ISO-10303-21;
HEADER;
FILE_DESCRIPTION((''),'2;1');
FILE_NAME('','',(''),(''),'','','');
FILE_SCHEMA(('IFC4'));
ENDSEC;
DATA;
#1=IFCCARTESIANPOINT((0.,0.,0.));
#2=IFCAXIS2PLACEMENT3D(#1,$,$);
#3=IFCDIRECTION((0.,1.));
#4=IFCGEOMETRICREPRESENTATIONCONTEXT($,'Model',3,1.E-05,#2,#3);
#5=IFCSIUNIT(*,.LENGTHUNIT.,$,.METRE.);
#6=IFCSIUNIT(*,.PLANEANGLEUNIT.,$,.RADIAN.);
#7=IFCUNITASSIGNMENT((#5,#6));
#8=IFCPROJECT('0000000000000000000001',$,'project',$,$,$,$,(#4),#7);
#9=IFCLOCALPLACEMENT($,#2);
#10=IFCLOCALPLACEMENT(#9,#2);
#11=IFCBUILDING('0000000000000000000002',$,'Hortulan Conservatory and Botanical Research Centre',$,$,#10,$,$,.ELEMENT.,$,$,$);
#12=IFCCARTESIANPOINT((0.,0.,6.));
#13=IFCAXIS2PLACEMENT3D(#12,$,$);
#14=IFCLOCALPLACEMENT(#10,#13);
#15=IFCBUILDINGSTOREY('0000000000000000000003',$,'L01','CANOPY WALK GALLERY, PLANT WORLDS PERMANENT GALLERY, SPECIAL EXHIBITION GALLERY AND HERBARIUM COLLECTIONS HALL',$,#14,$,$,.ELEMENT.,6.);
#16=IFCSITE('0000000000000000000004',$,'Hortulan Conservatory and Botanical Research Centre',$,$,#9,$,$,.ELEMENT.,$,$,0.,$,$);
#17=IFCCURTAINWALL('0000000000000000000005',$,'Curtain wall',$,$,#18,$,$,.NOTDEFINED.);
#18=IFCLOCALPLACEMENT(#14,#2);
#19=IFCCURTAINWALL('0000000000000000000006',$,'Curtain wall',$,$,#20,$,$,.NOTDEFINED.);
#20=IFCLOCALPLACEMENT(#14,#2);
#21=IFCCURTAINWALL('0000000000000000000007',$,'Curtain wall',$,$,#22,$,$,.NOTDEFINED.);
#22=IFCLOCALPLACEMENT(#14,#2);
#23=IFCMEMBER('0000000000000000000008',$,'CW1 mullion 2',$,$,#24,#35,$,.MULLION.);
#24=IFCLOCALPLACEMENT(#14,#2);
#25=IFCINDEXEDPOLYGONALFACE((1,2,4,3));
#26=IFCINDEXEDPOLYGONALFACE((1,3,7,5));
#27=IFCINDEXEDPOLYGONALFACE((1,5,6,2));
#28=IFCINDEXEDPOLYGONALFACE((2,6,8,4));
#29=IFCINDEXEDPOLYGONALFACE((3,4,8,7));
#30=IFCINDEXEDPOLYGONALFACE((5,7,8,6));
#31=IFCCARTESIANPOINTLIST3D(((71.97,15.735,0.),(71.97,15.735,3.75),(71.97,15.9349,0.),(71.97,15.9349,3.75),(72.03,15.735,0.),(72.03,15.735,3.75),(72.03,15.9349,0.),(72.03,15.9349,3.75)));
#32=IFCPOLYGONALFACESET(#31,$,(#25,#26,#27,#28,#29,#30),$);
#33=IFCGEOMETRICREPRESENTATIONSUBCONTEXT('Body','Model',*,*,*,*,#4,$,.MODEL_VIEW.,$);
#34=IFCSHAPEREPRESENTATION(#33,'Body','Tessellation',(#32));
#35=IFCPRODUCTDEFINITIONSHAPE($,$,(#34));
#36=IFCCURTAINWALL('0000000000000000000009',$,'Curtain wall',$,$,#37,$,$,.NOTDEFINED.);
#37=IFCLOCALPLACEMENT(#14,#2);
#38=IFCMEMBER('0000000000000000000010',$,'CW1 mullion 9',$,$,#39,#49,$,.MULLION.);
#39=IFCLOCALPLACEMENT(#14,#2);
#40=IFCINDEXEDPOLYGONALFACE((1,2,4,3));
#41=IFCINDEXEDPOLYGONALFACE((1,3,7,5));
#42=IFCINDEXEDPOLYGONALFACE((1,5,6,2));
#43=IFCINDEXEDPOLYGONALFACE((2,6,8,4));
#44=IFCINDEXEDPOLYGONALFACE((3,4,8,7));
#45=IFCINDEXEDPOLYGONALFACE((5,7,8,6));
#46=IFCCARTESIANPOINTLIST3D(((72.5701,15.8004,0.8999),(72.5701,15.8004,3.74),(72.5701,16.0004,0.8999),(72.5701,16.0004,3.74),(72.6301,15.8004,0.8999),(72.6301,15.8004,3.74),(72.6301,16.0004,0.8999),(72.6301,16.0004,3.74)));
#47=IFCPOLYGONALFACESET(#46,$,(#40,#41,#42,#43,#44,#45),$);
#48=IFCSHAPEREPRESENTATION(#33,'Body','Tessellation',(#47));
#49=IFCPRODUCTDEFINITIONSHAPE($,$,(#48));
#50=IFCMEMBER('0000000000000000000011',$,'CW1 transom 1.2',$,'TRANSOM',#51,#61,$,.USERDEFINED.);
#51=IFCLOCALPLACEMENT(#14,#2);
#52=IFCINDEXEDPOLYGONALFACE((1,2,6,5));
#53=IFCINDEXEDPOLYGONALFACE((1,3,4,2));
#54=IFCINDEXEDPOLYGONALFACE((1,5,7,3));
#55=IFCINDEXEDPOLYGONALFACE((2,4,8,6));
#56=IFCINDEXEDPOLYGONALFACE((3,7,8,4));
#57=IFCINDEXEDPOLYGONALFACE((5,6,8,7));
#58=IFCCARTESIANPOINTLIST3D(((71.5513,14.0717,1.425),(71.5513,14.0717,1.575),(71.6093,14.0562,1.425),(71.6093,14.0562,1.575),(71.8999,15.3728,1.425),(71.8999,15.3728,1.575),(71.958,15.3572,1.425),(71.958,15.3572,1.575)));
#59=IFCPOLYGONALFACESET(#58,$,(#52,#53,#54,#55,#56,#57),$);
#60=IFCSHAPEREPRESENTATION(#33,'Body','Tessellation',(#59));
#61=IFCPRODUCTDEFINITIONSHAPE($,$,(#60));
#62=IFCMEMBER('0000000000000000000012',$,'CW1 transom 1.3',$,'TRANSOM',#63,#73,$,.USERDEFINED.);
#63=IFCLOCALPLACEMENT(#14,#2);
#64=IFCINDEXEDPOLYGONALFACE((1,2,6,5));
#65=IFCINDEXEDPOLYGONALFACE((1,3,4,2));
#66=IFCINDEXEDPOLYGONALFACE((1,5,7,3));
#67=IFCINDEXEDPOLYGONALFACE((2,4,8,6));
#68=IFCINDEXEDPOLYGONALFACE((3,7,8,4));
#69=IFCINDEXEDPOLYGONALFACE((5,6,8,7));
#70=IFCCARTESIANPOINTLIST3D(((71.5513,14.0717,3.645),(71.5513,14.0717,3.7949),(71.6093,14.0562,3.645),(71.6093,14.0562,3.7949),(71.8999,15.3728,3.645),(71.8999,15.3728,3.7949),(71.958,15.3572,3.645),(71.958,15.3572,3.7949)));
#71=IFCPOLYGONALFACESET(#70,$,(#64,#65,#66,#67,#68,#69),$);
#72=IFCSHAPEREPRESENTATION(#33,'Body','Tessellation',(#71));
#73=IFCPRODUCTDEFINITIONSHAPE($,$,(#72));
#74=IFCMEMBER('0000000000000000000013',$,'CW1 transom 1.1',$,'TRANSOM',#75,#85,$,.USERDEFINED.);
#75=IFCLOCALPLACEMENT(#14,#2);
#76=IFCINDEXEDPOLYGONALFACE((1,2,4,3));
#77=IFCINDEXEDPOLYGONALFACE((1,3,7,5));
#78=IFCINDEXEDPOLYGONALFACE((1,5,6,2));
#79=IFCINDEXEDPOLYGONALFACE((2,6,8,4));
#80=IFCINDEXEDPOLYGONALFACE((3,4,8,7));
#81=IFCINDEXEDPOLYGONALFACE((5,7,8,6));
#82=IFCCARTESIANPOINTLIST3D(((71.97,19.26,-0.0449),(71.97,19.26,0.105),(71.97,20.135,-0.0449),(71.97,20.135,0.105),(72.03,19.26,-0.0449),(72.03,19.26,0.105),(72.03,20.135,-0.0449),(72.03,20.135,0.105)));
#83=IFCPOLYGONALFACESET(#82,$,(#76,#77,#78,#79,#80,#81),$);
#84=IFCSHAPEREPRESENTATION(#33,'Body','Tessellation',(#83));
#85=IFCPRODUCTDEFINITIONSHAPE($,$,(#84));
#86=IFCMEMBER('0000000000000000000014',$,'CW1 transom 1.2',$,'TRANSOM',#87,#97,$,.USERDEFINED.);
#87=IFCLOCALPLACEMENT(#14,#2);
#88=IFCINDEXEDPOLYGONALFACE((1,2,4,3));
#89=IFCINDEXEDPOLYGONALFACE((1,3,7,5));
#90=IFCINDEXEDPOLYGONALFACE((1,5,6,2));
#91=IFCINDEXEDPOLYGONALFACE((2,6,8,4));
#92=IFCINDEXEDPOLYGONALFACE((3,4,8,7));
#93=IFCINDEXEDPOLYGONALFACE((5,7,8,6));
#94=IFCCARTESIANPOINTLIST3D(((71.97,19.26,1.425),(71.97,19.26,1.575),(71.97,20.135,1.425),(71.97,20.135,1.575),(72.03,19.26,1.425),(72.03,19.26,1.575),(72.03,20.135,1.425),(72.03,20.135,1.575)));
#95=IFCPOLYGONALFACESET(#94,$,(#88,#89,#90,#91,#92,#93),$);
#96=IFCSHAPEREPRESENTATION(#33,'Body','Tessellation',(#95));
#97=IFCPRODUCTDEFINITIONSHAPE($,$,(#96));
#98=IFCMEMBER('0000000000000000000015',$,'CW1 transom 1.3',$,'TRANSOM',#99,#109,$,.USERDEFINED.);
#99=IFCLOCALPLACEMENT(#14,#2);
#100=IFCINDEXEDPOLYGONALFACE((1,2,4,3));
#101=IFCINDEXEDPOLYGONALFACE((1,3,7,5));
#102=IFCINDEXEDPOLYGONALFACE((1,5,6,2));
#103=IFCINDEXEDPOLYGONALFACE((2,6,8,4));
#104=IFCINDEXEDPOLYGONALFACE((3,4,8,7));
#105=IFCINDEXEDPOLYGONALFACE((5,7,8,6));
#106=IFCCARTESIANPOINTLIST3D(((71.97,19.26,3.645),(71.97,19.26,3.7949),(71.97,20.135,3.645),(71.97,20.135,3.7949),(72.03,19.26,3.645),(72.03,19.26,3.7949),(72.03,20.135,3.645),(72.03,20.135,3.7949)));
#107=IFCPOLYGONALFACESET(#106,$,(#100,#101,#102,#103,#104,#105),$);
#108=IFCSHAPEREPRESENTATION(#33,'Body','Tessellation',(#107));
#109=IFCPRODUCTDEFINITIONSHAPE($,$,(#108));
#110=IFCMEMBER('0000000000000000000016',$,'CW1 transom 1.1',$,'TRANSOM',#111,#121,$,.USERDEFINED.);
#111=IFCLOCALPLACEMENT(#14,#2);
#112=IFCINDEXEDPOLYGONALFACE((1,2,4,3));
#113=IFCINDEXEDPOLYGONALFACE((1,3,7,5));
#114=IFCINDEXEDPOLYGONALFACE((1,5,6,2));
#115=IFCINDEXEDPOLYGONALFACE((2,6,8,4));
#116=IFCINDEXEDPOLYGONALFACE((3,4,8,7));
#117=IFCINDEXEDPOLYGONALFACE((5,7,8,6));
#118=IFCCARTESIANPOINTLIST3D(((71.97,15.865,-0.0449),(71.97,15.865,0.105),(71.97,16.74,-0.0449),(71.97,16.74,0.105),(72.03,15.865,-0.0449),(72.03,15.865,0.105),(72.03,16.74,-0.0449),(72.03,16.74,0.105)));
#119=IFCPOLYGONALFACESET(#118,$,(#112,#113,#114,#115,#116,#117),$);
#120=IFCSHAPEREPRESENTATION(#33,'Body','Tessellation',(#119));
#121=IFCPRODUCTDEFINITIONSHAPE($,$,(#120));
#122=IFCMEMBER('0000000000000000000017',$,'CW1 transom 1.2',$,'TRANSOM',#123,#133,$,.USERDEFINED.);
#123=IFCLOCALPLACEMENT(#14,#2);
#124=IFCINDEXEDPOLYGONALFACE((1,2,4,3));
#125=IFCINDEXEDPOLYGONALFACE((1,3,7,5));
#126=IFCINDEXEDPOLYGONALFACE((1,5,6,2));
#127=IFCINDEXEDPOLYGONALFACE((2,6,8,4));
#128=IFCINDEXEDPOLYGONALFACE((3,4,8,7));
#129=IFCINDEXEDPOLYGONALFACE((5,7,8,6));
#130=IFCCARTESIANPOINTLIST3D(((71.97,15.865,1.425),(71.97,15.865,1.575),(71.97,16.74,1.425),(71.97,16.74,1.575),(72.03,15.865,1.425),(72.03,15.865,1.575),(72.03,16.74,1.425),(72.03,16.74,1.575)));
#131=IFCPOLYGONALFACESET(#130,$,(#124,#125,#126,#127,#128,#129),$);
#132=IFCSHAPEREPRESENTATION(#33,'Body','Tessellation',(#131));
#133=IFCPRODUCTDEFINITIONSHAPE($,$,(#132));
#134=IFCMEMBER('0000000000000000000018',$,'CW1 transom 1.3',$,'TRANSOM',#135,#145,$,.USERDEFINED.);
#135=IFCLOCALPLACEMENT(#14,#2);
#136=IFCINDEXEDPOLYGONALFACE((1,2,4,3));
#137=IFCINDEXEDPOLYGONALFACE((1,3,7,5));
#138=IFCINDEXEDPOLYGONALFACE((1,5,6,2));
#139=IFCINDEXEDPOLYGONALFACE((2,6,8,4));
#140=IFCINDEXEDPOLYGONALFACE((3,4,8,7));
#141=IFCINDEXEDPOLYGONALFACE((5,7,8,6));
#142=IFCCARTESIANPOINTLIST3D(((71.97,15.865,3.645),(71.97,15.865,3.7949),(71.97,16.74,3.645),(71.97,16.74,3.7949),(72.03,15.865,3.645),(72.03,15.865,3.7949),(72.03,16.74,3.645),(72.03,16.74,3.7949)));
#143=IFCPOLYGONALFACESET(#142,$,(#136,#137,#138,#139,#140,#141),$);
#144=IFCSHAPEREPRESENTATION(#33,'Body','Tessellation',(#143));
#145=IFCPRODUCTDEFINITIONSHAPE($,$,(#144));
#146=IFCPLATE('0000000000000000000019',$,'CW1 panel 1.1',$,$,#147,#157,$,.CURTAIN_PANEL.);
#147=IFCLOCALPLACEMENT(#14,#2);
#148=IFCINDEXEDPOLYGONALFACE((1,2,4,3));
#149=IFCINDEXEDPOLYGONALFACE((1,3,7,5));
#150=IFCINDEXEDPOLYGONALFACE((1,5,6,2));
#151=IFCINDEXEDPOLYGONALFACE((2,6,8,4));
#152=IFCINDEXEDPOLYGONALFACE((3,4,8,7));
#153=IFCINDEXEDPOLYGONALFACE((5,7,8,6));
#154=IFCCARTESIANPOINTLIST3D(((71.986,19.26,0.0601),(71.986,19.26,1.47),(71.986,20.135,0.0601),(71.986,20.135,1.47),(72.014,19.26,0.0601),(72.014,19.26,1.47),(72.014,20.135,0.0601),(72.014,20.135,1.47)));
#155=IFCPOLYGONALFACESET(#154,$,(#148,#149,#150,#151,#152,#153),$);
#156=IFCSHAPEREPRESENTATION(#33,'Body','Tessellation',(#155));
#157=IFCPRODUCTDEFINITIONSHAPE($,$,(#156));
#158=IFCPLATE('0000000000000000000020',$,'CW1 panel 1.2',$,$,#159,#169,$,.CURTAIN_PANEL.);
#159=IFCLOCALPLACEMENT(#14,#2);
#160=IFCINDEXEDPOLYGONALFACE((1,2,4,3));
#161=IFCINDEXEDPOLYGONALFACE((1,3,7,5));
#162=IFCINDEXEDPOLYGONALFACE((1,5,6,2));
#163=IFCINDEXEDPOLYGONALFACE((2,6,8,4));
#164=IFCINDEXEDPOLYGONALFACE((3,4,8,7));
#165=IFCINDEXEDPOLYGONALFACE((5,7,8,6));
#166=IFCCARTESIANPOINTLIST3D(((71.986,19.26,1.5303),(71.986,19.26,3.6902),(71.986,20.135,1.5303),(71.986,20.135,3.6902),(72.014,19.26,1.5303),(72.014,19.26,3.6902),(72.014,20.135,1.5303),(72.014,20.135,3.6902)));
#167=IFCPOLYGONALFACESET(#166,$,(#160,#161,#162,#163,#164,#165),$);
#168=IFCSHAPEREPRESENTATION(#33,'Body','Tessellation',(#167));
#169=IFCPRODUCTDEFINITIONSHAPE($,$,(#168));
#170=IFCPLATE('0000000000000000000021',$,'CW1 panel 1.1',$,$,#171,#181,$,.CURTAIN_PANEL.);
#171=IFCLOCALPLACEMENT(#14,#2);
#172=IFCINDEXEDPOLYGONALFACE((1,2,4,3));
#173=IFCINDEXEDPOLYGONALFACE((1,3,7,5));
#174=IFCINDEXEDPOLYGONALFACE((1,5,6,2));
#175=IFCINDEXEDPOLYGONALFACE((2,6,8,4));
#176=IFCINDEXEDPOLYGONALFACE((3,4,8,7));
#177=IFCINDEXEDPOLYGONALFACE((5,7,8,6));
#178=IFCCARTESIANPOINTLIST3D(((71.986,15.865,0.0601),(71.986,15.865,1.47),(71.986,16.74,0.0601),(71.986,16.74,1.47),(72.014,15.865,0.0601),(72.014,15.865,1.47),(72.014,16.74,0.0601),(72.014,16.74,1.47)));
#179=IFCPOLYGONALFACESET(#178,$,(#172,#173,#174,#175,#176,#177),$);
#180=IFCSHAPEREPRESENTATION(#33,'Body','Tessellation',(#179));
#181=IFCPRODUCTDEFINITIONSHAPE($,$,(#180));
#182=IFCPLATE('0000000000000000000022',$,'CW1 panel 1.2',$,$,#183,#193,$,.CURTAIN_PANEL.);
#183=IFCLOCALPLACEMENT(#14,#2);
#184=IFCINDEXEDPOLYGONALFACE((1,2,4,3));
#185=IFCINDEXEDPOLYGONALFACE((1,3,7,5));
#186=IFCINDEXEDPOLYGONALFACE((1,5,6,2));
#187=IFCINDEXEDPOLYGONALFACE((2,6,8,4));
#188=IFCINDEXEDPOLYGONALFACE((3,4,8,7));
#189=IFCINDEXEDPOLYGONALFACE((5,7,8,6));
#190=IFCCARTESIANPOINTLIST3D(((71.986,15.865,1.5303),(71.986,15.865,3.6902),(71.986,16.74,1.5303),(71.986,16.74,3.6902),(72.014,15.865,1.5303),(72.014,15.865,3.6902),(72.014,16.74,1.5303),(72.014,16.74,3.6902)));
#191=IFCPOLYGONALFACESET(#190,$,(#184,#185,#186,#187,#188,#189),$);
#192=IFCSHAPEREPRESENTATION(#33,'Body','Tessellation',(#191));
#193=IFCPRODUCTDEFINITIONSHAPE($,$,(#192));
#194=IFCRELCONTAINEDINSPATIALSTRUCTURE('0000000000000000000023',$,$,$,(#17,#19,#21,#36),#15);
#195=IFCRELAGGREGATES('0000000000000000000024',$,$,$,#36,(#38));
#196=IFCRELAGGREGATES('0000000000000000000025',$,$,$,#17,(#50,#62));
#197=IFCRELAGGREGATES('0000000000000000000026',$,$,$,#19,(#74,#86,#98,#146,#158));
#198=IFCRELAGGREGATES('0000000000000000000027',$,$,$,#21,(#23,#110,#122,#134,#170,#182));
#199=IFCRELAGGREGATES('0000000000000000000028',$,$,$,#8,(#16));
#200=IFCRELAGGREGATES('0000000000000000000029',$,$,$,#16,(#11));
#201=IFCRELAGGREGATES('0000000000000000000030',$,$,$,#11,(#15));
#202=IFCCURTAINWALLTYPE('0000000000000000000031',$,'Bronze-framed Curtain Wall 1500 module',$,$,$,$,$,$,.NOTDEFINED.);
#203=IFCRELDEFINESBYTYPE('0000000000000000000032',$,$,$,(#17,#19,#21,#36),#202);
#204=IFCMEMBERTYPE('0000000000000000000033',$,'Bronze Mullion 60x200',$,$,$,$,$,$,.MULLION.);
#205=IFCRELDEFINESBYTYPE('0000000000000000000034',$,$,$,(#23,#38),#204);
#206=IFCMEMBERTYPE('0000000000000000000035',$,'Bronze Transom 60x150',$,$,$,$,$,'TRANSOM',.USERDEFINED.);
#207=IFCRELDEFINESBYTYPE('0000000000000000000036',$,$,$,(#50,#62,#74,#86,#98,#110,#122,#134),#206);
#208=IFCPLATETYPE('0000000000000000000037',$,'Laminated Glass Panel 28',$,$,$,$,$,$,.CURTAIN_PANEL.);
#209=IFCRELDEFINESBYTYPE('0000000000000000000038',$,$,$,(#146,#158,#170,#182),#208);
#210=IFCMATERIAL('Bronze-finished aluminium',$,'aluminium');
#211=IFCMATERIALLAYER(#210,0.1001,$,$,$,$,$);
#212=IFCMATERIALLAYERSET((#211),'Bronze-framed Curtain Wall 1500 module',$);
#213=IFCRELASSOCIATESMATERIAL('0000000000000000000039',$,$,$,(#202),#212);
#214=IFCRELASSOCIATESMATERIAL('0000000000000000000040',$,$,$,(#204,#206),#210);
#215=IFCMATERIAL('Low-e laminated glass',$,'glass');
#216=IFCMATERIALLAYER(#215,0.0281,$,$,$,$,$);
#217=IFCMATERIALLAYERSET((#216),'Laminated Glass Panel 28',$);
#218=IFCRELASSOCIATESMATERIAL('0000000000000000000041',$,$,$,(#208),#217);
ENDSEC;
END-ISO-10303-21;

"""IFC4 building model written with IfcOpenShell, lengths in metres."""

from ifc_helpers import new_model, si_unit, direction, frame, origin, origin_2d, place, context, subcontext, project, spatial, rectangle, extrude, material, layer, layer_set, material_profile, profile_set, type_object, element, aggregate, save


model = new_model("IFC4")

# Units and contexts
model_context = context("Model", 3, precision=1e-05, world=origin(), true_north=direction((0.0, 1.0)))
body_context = subcontext(model_context, "Body", "Model", "MODEL_VIEW")
ifc_project = project(units=[si_unit("LENGTHUNIT", "METRE"), si_unit("PLANEANGLEUNIT", "RADIAN")], contexts=[model_context])

# Site, building, storey
site_placement = place(None, origin())
site = spatial("IfcSite", under=ifc_project, at=site_placement, Name="Hortulan Conservatory and Botanical Research Centre", CompositionType="ELEMENT", RefElevation=0.0)
building_placement = place(site_placement, origin())
building = spatial("IfcBuilding", under=site, at=building_placement, Name="Hortulan Conservatory and Botanical Research Centre", CompositionType="ELEMENT")
storey_placement = place(building_placement, frame((0.0, 0.0, 6.0)))
storey = spatial("IfcBuildingStorey", under=building, at=storey_placement, Name="L01", Description="CANOPY WALK GALLERY, PLANT WORLDS PERMANENT GALLERY, SPECIAL EXHIBITION GALLERY AND HERBARIUM COLLECTIONS HALL", CompositionType="ELEMENT", Elevation=6.0)

# Curtain wall
ifc_material_1 = material(Name="Bronze-finished aluminium", Category="aluminium")
ifc_layer_1 = layer(ifc_material_1, 0.1001)
ifc_layer_set_1 = layer_set([ifc_layer_1], Name="Bronze-framed Curtain Wall 1500 module")
curtain_wall_type = type_object("IfcCurtainWallType", Name="Bronze-framed Curtain Wall 1500 module", PredefinedType="NOTDEFINED", material=ifc_layer_set_1)
curtain_wall_1_placement = place(storey_placement, origin())
curtain_wall_1 = element("IfcCurtainWall", 1, at=curtain_wall_1_placement, inside=storey, type_object=curtain_wall_type, Name="Curtain wall", PredefinedType="NOTDEFINED")
ifc_material_profile_1 = material_profile(ifc_material_1, rectangle(XDim=0.0601, YDim=0.2, at=origin_2d()), Name="Bronze Mullion 60x200")
ifc_profile_set_1 = profile_set([ifc_material_profile_1], Name="Bronze-finished aluminium")
member_type_1 = type_object("IfcMemberType", Name="Bronze Mullion 60x200", PredefinedType="MULLION", material=ifc_profile_set_1)

# Curtain walls, member
curtain_wall_2_placement = place(storey_placement, origin())
curtain_wall_2 = element("IfcCurtainWall", 2, at=curtain_wall_2_placement, inside=storey, type_object=curtain_wall_type, Name="Curtain wall", PredefinedType="NOTDEFINED")
curtain_wall_3_placement = place(storey_placement, origin())
curtain_wall_3 = element("IfcCurtainWall", 3, at=curtain_wall_3_placement, inside=storey, type_object=curtain_wall_type, Name="Curtain wall", PredefinedType="NOTDEFINED")
member_1_placement = place(storey_placement, frame((72.0, 15.835, 0.0), z_axis=(0.0, 0.0, 1.0), x_axis=(1.0, 0.0, 0.0)))
member_1 = element("IfcMember", 4, at=member_1_placement, type_object=member_type_1, Name="CW1 mullion 2", PredefinedType="MULLION", context=body_context, shape_type="SweptSolid", body=[
    extrude(rectangle(XDim=0.0601, YDim=0.2, at=origin_2d()), origin(), (0.0, 0.0, 1.0), 3.75),
])

# Curtain wall, member
curtain_wall_4_placement = place(storey_placement, origin())
curtain_wall_4 = element("IfcCurtainWall", 5, at=curtain_wall_4_placement, inside=storey, type_object=curtain_wall_type, Name="Curtain wall", PredefinedType="NOTDEFINED")
member_2_placement = place(storey_placement, frame((72.6001, 15.9004, 0.8999), z_axis=(0.0, 0.0, 1.0), x_axis=(-1.0, 0.0, 0.0)))
member_2 = element("IfcMember", 6, at=member_2_placement, type_object=member_type_1, Name="CW1 mullion 9", PredefinedType="MULLION", context=body_context, shape_type="SweptSolid", body=[
    extrude(rectangle(XDim=0.0601, YDim=0.2, at=origin_2d()), origin(), (0.0, 0.0, 1.0), 2.8401),
])
aggregate(curtain_wall_4, [member_2])

# Members
ifc_material_profile_2 = material_profile(ifc_material_1, rectangle(XDim=0.0601, YDim=0.1499, at=origin_2d()), Name="Bronze Transom 60x150")
ifc_profile_set_2 = profile_set([ifc_material_profile_2], Name="Bronze-finished aluminium")
member_type_2 = type_object("IfcMemberType", Name="Bronze Transom 60x150", ElementType="TRANSOM", PredefinedType="USERDEFINED", material=ifc_profile_set_2)
member_3_placement = place(storey_placement, frame((71.929, 15.365, 1.5), z_axis=(-0.258836, -0.965921, 0.0), x_axis=(0.965921, -0.258836, 0.0)))
member_3 = element("IfcMember", 7, at=member_3_placement, type_object=member_type_2, Name="CW1 transom 1.2", ObjectType="TRANSOM", PredefinedType="USERDEFINED", context=body_context, shape_type="SweptSolid", body=[
    extrude(rectangle(XDim=0.0601, YDim=0.1499, at=origin_2d()), origin(), (0.0, 0.0, 1.0), 1.3469),
])
member_4_placement = place(storey_placement, frame((71.929, 15.365, 3.72), z_axis=(-0.258836, -0.965921, 0.0), x_axis=(0.965921, -0.258836, 0.0)))
member_4 = element("IfcMember", 8, at=member_4_placement, type_object=member_type_2, Name="CW1 transom 1.3", ObjectType="TRANSOM", PredefinedType="USERDEFINED", context=body_context, shape_type="SweptSolid", body=[
    extrude(rectangle(XDim=0.0601, YDim=0.1499, at=origin_2d()), origin(), (0.0, 0.0, 1.0), 1.3469),
])
aggregate(curtain_wall_1, [member_3, member_4])
member_5_placement = place(storey_placement, frame((72.0, 20.135, 0.03), z_axis=(0.0, -1.0, 0.0), x_axis=(1.0, 0.0, 0.0)))
member_5 = element("IfcMember", 9, at=member_5_placement, type_object=member_type_2, Name="CW1 transom 1.1", ObjectType="TRANSOM", PredefinedType="USERDEFINED", context=body_context, shape_type="SweptSolid", body=[
    extrude(rectangle(XDim=0.0601, YDim=0.1499, at=origin_2d()), origin(), (0.0, 0.0, 1.0), 0.875),
])
member_6_placement = place(storey_placement, frame((72.0, 20.135, 1.5), z_axis=(0.0, -1.0, 0.0), x_axis=(1.0, 0.0, 0.0)))
member_6 = element("IfcMember", 10, at=member_6_placement, type_object=member_type_2, Name="CW1 transom 1.2", ObjectType="TRANSOM", PredefinedType="USERDEFINED", context=body_context, shape_type="SweptSolid", body=[
    extrude(rectangle(XDim=0.0601, YDim=0.1499, at=origin_2d()), origin(), (0.0, 0.0, 1.0), 0.875),
])
member_7_placement = place(storey_placement, frame((72.0, 20.135, 3.72), z_axis=(0.0, -1.0, 0.0), x_axis=(1.0, 0.0, 0.0)))
member_7 = element("IfcMember", 11, at=member_7_placement, type_object=member_type_2, Name="CW1 transom 1.3", ObjectType="TRANSOM", PredefinedType="USERDEFINED", context=body_context, shape_type="SweptSolid", body=[
    extrude(rectangle(XDim=0.0601, YDim=0.1499, at=origin_2d()), origin(), (0.0, 0.0, 1.0), 0.875),
])
member_8_placement = place(storey_placement, frame((72.0, 16.74, 0.03), z_axis=(0.0, -1.0, 0.0), x_axis=(1.0, 0.0, 0.0)))
member_8 = element("IfcMember", 12, at=member_8_placement, type_object=member_type_2, Name="CW1 transom 1.1", ObjectType="TRANSOM", PredefinedType="USERDEFINED", context=body_context, shape_type="SweptSolid", body=[
    extrude(rectangle(XDim=0.0601, YDim=0.1499, at=origin_2d()), origin(), (0.0, 0.0, 1.0), 0.875),
])
member_9_placement = place(storey_placement, frame((72.0, 16.74, 1.5), z_axis=(0.0, -1.0, 0.0), x_axis=(1.0, 0.0, 0.0)))
member_9 = element("IfcMember", 13, at=member_9_placement, type_object=member_type_2, Name="CW1 transom 1.2", ObjectType="TRANSOM", PredefinedType="USERDEFINED", context=body_context, shape_type="SweptSolid", body=[
    extrude(rectangle(XDim=0.0601, YDim=0.1499, at=origin_2d()), origin(), (0.0, 0.0, 1.0), 0.875),
])
member_10_placement = place(storey_placement, frame((72.0, 16.74, 3.72), z_axis=(0.0, -1.0, 0.0), x_axis=(1.0, 0.0, 0.0)))
member_10 = element("IfcMember", 14, at=member_10_placement, type_object=member_type_2, Name="CW1 transom 1.3", ObjectType="TRANSOM", PredefinedType="USERDEFINED", context=body_context, shape_type="SweptSolid", body=[
    extrude(rectangle(XDim=0.0601, YDim=0.1499, at=origin_2d()), origin(), (0.0, 0.0, 1.0), 0.875),
])

# Plates
ifc_material_2 = material(Name="Low-e laminated glass", Category="glass")
ifc_layer_2 = layer(ifc_material_2, 0.0281)
ifc_layer_set_2 = layer_set([ifc_layer_2], Name="Laminated Glass Panel 28")
plate_type = type_object("IfcPlateType", Name="Laminated Glass Panel 28", PredefinedType="CURTAIN_PANEL", material=ifc_layer_set_2)
plate_1_placement = place(storey_placement, frame((72.0, 19.6975, 0.0601), z_axis=(0.0, 0.0, 1.0), x_axis=(0.0, -1.0, 0.0)))
plate_1 = element("IfcPlate", 15, at=plate_1_placement, type_object=plate_type, Name="CW1 panel 1.1", PredefinedType="CURTAIN_PANEL", context=body_context, shape_type="SweptSolid", body=[
    extrude(rectangle(XDim=0.875, YDim=0.0281, at=origin_2d()), origin(), (0.0, 0.0, 1.0), 1.4099),
])
plate_2_placement = place(storey_placement, frame((72.0, 19.6975, 1.5303), z_axis=(0.0, 0.0, 1.0), x_axis=(0.0, -1.0, 0.0)))
plate_2 = element("IfcPlate", 16, at=plate_2_placement, type_object=plate_type, Name="CW1 panel 1.2", PredefinedType="CURTAIN_PANEL", context=body_context, shape_type="SweptSolid", body=[
    extrude(rectangle(XDim=0.875, YDim=0.0281, at=origin_2d()), origin(), (0.0, 0.0, 1.0), 2.1599),
])
aggregate(curtain_wall_2, [member_5, member_6, member_7, plate_1, plate_2])
plate_3_placement = place(storey_placement, frame((72.0, 16.3025, 0.0601), z_axis=(0.0, 0.0, 1.0), x_axis=(0.0, -1.0, 0.0)))
plate_3 = element("IfcPlate", 17, at=plate_3_placement, type_object=plate_type, Name="CW1 panel 1.1", PredefinedType="CURTAIN_PANEL", context=body_context, shape_type="SweptSolid", body=[
    extrude(rectangle(XDim=0.875, YDim=0.0281, at=origin_2d()), origin(), (0.0, 0.0, 1.0), 1.4099),
])
plate_4_placement = place(storey_placement, frame((72.0, 16.3025, 1.5303), z_axis=(0.0, 0.0, 1.0), x_axis=(0.0, -1.0, 0.0)))
plate_4 = element("IfcPlate", 18, at=plate_4_placement, type_object=plate_type, Name="CW1 panel 1.2", PredefinedType="CURTAIN_PANEL", context=body_context, shape_type="SweptSolid", body=[
    extrude(rectangle(XDim=0.875, YDim=0.0281, at=origin_2d()), origin(), (0.0, 0.0, 1.0), 2.1599),
])
aggregate(curtain_wall_3, [member_1, member_8, member_9, member_10, plate_3, plate_4])

save(model, "model.ifc")
